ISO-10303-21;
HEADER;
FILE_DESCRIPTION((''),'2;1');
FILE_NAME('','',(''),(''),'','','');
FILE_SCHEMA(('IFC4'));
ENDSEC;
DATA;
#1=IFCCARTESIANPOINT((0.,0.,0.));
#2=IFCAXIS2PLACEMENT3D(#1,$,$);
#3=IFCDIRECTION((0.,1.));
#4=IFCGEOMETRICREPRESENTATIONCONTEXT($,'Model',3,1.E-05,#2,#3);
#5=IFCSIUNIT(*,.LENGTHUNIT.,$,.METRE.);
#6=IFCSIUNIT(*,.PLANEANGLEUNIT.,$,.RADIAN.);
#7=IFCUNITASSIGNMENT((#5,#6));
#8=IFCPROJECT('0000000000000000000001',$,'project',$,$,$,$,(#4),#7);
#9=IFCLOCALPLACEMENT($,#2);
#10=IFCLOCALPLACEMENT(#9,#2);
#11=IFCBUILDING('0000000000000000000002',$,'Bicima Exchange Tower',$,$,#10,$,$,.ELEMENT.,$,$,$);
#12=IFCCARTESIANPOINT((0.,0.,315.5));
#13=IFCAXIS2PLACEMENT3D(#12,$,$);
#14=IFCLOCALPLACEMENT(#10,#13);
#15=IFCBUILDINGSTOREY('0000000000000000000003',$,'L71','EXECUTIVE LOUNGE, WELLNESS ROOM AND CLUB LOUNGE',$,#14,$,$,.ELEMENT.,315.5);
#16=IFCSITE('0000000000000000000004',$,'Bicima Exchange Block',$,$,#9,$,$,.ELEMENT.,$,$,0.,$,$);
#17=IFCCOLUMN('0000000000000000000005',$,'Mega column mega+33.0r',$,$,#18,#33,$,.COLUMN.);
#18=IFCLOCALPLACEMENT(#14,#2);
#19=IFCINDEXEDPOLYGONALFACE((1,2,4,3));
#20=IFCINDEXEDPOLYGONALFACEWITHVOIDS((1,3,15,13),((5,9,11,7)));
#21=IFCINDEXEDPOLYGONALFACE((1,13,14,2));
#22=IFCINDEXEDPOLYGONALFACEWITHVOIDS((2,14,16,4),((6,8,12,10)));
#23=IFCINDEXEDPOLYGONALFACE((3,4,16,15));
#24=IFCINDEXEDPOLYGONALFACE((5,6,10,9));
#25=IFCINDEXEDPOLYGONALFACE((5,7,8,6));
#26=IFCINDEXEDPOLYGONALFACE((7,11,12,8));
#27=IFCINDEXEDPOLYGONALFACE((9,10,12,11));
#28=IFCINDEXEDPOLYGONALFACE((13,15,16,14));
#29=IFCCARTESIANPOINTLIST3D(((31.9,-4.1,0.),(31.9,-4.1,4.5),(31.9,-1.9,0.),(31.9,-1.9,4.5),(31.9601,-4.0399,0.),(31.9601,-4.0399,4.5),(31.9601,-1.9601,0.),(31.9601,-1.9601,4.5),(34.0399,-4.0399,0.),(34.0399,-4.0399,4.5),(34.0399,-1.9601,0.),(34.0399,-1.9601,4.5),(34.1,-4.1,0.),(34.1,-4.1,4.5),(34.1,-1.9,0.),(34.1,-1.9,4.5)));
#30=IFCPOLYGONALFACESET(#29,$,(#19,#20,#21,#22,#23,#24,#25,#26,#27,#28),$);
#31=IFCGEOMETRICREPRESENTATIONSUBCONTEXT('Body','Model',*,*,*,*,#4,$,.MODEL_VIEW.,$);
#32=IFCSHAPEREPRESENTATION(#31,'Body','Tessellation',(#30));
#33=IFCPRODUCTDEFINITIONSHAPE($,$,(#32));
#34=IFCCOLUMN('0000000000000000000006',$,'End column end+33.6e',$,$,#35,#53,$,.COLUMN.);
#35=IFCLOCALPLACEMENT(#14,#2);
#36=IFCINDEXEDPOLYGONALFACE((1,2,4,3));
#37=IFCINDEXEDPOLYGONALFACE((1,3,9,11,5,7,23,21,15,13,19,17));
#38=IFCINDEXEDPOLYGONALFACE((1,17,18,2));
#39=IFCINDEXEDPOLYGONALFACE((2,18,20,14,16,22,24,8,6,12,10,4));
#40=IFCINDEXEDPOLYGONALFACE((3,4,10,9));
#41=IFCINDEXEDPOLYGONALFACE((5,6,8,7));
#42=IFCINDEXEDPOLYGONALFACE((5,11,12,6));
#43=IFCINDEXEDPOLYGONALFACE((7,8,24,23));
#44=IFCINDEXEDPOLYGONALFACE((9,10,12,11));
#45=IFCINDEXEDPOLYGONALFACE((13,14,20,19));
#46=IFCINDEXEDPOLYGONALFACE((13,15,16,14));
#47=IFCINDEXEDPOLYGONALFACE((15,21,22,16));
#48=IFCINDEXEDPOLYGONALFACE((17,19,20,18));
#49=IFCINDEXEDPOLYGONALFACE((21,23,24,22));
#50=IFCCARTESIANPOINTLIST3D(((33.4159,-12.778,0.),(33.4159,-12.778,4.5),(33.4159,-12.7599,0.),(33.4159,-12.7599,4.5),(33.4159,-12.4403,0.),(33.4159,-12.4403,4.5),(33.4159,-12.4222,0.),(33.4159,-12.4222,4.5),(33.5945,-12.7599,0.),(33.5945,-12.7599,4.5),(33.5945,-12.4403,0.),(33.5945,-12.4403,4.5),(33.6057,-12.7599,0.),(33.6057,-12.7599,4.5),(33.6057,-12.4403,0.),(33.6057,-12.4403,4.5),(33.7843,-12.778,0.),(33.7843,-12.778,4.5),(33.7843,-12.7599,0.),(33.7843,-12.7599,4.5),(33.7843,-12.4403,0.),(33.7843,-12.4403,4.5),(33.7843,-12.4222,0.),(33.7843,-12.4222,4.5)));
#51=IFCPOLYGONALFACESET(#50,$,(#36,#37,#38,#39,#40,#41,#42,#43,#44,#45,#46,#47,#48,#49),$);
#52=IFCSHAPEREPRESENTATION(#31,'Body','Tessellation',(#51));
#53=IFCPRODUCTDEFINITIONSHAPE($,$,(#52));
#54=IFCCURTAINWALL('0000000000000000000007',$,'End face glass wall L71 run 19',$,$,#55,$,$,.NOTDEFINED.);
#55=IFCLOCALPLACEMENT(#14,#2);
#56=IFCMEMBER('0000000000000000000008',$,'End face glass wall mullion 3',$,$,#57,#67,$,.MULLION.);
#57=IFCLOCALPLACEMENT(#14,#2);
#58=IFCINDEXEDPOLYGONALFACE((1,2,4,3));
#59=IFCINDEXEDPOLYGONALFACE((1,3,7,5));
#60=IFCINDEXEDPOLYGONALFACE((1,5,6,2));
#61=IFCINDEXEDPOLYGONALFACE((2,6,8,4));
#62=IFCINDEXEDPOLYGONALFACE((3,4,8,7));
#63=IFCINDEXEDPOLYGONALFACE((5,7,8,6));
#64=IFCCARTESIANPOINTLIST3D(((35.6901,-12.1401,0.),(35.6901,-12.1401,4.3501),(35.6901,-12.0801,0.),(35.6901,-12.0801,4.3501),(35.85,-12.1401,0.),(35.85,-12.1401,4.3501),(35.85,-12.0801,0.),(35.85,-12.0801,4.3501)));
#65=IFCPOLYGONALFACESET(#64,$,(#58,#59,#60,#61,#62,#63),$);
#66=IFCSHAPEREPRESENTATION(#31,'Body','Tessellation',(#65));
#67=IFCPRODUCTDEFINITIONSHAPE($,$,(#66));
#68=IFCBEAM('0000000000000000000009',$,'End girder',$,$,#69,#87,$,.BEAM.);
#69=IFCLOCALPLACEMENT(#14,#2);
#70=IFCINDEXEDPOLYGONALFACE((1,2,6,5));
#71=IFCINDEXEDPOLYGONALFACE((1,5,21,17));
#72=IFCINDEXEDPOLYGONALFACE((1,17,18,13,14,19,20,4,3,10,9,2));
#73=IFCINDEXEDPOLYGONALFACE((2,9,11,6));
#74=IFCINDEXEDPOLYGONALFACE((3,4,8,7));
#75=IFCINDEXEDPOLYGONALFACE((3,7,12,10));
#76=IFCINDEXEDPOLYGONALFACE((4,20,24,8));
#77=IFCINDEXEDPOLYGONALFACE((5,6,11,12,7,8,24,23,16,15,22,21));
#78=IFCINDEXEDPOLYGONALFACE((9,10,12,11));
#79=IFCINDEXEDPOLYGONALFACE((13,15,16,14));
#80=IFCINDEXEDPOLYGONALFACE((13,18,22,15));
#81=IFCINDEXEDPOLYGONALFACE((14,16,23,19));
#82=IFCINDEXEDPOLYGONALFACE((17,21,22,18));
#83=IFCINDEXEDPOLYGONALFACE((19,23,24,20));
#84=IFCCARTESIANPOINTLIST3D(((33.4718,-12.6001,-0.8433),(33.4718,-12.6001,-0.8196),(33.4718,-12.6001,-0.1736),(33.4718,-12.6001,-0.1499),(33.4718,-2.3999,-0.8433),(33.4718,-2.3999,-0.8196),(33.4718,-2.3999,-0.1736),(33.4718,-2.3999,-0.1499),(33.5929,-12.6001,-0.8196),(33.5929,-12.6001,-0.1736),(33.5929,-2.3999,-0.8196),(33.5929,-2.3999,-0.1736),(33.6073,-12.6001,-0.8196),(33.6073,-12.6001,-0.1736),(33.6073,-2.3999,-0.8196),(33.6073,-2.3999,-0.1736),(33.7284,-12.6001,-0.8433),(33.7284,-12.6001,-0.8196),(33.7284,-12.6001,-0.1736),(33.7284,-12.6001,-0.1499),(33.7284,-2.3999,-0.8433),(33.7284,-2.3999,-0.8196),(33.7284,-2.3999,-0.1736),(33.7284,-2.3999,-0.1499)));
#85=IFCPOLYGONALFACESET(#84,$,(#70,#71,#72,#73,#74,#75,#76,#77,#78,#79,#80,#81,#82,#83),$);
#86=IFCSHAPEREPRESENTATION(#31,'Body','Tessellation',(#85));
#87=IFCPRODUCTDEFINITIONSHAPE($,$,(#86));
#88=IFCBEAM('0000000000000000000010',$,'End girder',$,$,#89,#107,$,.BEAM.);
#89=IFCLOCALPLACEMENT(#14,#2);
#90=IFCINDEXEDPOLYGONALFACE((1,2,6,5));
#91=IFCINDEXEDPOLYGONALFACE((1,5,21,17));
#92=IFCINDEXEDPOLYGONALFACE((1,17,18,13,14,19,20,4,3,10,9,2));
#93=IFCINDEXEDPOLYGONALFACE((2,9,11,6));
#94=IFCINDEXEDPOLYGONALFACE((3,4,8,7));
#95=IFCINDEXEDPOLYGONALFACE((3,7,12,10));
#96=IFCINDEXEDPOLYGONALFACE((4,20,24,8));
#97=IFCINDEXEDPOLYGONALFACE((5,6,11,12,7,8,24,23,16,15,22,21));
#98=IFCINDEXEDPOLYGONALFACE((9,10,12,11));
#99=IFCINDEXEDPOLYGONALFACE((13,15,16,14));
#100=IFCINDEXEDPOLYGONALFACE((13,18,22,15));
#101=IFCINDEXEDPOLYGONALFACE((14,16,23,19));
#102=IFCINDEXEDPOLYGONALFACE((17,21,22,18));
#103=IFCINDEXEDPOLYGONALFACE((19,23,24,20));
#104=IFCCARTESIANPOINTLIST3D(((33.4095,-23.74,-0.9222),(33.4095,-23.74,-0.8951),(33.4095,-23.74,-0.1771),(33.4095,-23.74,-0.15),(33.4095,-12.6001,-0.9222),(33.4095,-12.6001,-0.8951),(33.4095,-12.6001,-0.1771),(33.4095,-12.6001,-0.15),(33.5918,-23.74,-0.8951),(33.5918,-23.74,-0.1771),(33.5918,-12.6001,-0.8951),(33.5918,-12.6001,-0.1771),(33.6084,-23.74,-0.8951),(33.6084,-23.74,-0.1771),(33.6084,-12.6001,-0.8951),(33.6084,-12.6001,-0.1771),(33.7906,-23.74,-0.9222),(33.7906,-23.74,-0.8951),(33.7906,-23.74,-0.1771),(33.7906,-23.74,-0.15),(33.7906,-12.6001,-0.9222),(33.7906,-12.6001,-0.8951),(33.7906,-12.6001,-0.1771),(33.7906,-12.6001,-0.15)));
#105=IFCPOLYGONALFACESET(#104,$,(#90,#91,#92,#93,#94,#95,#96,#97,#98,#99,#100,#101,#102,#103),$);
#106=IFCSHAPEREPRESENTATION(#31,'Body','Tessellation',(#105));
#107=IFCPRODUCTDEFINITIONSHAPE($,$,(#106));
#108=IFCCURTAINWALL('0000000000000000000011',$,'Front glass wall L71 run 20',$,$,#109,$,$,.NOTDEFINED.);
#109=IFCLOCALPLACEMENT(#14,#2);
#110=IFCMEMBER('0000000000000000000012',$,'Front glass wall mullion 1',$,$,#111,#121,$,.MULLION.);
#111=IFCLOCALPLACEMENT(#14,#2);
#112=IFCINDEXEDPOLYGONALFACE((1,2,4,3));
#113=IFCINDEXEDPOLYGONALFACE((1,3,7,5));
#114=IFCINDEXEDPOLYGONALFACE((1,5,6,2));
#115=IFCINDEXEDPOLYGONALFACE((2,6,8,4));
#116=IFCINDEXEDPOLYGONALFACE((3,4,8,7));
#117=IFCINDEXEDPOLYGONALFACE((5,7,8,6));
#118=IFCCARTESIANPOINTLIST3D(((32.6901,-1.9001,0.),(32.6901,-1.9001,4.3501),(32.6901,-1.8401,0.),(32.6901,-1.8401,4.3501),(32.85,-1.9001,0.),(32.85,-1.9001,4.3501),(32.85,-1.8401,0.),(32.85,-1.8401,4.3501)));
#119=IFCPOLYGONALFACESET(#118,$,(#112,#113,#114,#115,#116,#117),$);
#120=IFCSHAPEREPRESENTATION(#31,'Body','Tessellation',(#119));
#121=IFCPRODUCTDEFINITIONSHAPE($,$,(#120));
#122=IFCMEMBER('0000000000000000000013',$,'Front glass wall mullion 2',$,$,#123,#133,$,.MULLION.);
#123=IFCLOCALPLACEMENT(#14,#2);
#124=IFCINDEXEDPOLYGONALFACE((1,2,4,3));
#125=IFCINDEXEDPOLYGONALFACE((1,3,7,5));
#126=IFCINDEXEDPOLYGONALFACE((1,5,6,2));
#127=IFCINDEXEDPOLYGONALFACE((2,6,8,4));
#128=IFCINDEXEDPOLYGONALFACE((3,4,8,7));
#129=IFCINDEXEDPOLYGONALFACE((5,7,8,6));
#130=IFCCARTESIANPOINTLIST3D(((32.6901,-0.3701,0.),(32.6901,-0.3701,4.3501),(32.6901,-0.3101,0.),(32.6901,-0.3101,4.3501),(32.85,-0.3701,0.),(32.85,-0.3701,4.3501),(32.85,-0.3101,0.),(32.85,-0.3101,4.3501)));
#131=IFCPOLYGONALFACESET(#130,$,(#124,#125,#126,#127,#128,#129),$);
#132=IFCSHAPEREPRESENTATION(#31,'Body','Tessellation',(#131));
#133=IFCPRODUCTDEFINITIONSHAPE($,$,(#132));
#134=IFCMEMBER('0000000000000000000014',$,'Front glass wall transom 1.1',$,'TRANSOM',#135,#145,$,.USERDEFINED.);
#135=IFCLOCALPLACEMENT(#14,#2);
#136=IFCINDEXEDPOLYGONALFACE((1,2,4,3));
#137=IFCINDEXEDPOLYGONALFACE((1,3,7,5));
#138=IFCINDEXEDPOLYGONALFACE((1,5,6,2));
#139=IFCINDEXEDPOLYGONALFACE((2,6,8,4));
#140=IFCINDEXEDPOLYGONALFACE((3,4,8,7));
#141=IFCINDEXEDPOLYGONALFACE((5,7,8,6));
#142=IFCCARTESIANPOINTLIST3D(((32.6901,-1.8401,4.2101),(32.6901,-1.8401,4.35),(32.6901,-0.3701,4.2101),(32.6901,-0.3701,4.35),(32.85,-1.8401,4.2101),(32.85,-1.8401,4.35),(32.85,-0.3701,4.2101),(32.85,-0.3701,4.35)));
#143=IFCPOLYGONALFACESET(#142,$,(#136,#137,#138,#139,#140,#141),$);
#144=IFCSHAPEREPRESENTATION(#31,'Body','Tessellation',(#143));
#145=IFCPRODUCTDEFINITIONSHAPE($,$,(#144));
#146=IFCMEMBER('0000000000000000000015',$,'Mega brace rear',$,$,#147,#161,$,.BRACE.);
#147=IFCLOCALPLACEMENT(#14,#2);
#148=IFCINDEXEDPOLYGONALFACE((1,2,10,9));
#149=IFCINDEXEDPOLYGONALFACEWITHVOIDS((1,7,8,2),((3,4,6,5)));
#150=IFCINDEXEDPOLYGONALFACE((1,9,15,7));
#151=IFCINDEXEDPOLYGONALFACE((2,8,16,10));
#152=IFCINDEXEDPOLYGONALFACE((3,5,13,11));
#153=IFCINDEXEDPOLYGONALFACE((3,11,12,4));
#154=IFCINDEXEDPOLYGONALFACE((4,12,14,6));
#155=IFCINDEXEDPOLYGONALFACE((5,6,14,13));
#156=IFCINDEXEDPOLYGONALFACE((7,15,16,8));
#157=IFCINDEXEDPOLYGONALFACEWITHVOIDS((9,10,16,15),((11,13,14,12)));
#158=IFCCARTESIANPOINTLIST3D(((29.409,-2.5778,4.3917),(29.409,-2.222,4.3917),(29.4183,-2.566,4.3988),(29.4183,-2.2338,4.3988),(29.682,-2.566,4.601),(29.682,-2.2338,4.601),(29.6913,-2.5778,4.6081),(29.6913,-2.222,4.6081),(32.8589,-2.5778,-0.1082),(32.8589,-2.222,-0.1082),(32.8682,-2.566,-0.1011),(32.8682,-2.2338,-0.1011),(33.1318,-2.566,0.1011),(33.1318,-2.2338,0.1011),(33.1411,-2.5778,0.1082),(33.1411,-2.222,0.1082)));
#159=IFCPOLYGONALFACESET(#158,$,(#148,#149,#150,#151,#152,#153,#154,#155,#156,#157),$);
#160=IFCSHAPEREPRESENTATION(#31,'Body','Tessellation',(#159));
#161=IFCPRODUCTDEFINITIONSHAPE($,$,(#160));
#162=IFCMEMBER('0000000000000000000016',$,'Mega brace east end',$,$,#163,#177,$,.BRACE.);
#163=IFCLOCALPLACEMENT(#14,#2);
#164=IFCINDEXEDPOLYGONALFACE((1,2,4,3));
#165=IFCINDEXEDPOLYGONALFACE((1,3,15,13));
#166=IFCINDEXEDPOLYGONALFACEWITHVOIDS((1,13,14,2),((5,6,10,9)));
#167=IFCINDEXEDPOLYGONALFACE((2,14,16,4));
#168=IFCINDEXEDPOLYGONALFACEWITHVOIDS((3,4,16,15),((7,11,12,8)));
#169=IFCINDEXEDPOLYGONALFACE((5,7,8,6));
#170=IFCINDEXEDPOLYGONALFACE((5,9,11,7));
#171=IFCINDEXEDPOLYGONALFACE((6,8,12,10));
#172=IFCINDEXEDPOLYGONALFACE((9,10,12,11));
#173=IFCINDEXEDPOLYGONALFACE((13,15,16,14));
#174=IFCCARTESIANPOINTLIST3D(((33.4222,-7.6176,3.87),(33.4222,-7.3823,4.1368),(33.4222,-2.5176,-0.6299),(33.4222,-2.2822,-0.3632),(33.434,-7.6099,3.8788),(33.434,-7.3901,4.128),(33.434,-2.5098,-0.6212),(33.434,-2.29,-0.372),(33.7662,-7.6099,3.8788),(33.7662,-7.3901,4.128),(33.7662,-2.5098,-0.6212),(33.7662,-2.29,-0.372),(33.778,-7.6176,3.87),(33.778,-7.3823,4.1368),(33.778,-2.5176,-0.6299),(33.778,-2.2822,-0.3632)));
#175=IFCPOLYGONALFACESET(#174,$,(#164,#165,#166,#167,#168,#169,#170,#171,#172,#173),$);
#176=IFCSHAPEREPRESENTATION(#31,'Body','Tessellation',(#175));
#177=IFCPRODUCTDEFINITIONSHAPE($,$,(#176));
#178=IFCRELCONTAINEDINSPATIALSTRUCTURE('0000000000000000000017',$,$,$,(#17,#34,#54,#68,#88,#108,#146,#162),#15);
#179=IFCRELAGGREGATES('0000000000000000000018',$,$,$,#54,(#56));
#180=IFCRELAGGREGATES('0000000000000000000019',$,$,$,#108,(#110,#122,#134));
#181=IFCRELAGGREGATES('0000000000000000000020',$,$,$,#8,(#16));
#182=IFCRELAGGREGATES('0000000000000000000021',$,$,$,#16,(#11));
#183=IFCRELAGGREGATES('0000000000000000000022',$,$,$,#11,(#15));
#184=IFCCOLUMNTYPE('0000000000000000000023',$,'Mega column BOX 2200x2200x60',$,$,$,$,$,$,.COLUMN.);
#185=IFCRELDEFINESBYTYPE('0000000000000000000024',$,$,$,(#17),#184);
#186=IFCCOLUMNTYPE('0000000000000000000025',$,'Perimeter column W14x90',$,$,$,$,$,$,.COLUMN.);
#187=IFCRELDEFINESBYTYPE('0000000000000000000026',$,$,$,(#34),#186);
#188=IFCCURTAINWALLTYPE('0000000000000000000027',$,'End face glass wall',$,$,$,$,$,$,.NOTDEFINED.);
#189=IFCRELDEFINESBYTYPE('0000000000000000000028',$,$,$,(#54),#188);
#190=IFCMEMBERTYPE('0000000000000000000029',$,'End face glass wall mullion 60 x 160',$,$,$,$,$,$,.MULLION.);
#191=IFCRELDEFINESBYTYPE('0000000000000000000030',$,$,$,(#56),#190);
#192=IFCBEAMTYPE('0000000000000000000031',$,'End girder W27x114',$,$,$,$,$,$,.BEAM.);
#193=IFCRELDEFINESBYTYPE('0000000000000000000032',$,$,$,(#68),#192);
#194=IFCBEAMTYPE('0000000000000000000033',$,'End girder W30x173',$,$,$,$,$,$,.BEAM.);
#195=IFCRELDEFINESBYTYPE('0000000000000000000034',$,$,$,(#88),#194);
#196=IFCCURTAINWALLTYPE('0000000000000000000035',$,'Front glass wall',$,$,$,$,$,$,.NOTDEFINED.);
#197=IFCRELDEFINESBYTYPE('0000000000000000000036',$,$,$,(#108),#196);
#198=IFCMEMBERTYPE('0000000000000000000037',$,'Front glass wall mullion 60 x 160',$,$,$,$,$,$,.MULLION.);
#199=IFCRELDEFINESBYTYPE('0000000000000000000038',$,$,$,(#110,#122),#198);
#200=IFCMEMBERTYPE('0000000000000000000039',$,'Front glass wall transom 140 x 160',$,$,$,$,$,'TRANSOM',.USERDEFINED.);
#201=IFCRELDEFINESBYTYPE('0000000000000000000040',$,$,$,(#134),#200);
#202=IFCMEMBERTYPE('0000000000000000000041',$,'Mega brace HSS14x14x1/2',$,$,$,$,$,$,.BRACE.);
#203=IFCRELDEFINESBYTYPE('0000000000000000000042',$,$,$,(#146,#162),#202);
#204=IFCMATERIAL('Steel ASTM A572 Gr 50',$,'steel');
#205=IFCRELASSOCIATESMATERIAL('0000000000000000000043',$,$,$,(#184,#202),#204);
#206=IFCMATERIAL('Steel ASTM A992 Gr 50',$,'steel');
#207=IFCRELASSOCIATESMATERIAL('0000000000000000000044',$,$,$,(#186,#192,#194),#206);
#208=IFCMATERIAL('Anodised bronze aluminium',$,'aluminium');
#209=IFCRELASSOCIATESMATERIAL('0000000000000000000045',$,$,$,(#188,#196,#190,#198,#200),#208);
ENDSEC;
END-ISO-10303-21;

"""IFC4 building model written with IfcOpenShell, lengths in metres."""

from ifc_helpers import new_model, si_unit, direction, frame, origin, origin_2d, place, context, subcontext, project, spatial, rectangle, hollow_rectangle, i_section, extrude, material, material_profile, profile_set, type_object, element, aggregate, save


model = new_model("IFC4")

# Units and contexts
model_context = context("Model", 3, precision=1e-05, world=origin(), true_north=direction((0.0, 1.0)))
body_context = subcontext(model_context, "Body", "Model", "MODEL_VIEW")
ifc_project = project(units=[si_unit("LENGTHUNIT", "METRE"), si_unit("PLANEANGLEUNIT", "RADIAN")], contexts=[model_context])

# Site, building, storey
site_placement = place(None, origin())
site = spatial("IfcSite", under=ifc_project, at=site_placement, Name="Bicima Exchange Block", CompositionType="ELEMENT", RefElevation=0.0)
building_placement = place(site_placement, origin())
building = spatial("IfcBuilding", under=site, at=building_placement, Name="Bicima Exchange Tower", CompositionType="ELEMENT")
storey_placement = place(building_placement, frame((0.0, 0.0, 315.5)))
storey = spatial("IfcBuildingStorey", under=building, at=storey_placement, Name="L71", Description="EXECUTIVE LOUNGE, WELLNESS ROOM AND CLUB LOUNGE", CompositionType="ELEMENT", Elevation=315.5)

# Columns
ifc_material_1 = material(Name="Steel ASTM A572 Gr 50", Category="steel")
ifc_material_profile_1 = material_profile(ifc_material_1, hollow_rectangle(XDim=2.2, YDim=2.2, WallThickness=0.0601, at=origin_2d()))
ifc_profile_set_1 = profile_set([ifc_material_profile_1], Name="Steel ASTM A572 Gr 50")
column_type_1 = type_object("IfcColumnType", Name="Mega column BOX 2200x2200x60", PredefinedType="COLUMN", material=ifc_profile_set_1)
column_1_placement = place(storey_placement, frame((33.0, -3.0, 0.0), z_axis=(0.0, 0.0, 1.0), x_axis=(1.0, 0.0, 0.0)))
element("IfcColumn", 1, at=column_1_placement, inside=storey, type_object=column_type_1, Name="Mega column mega+33.0r", PredefinedType="COLUMN", context=body_context, shape_type="SweptSolid", body=[
    extrude(hollow_rectangle(XDim=2.2, YDim=2.2, WallThickness=0.0601, at=origin_2d()), origin(), (0.0, 0.0, 1.0), 4.5),
])
ifc_material_2 = material(Name="Steel ASTM A992 Gr 50", Category="steel")
ifc_material_profile_2 = material_profile(ifc_material_2, i_section(OverallWidth=0.3684, OverallDepth=0.3557, WebThickness=0.0112, FlangeThickness=0.0181, at=origin_2d()))
ifc_profile_set_2 = profile_set([ifc_material_profile_2], Name="Steel ASTM A992 Gr 50")
column_type_2 = type_object("IfcColumnType", Name="Perimeter column W14x90", PredefinedType="COLUMN", material=ifc_profile_set_2)
column_2_placement = place(storey_placement, frame((33.6001, -12.6001, 0.0), z_axis=(0.0, 0.0, 1.0), x_axis=(1.0, 0.0, 0.0)))
element("IfcColumn", 2, at=column_2_placement, inside=storey, type_object=column_type_2, Name="End column end+33.6e", PredefinedType="COLUMN", context=body_context, shape_type="SweptSolid", body=[
    extrude(i_section(OverallWidth=0.3684, OverallDepth=0.3557, WebThickness=0.0112, FlangeThickness=0.0181, at=origin_2d()), origin(), (0.0, 0.0, 1.0), 4.5),
])

# Curtain wall, member
ifc_material_3 = material(Name="Anodised bronze aluminium", Category="aluminium")
curtain_wall_type_1 = type_object("IfcCurtainWallType", Name="End face glass wall", PredefinedType="NOTDEFINED", material=ifc_material_3)
curtain_wall_1_placement = place(storey_placement, origin())
curtain_wall_1 = element("IfcCurtainWall", 3, at=curtain_wall_1_placement, inside=storey, type_object=curtain_wall_type_1, Name="End face glass wall L71 run 19", PredefinedType="NOTDEFINED")
ifc_material_profile_3 = material_profile(ifc_material_3, rectangle(XDim=0.1599, YDim=0.0601, at=origin_2d()))
ifc_profile_set_3 = profile_set([ifc_material_profile_3], Name="Anodised bronze aluminium")
member_type_1 = type_object("IfcMemberType", Name="End face glass wall mullion 60 x 160", PredefinedType="MULLION", material=ifc_profile_set_3)
member_1_placement = place(storey_placement, frame((35.77, -12.1101, 0.0), z_axis=(0.0, 0.0, 1.0), x_axis=(-1.0, 0.0, 0.0)))
member_1 = element("IfcMember", 4, at=member_1_placement, type_object=member_type_1, Name="End face glass wall mullion 3", PredefinedType="MULLION", context=body_context, shape_type="SweptSolid", body=[
    extrude(rectangle(XDim=0.1599, YDim=0.0601, at=origin_2d()), origin(), (0.0, 0.0, 1.0), 4.3501),
])
aggregate(curtain_wall_1, [member_1])

# Beams
ifc_material_profile_4 = material_profile(ifc_material_2, i_section(OverallWidth=0.2566, OverallDepth=0.6934, WebThickness=0.0144, FlangeThickness=0.0237, at=origin_2d()))
ifc_profile_set_4 = profile_set([ifc_material_profile_4], Name="Steel ASTM A992 Gr 50")
beam_type_1 = type_object("IfcBeamType", Name="End girder W27x114", PredefinedType="BEAM", material=ifc_profile_set_4)
beam_1_placement = place(storey_placement, frame((33.6001, -2.3999, -0.4966), z_axis=(0.0, -1.0, 0.0), x_axis=(1.0, 0.0, 0.0)))
element("IfcBeam", 5, at=beam_1_placement, inside=storey, type_object=beam_type_1, Name="End girder", PredefinedType="BEAM", context=body_context, shape_type="SweptSolid", body=[
    extrude(i_section(OverallWidth=0.2566, OverallDepth=0.6934, WebThickness=0.0144, FlangeThickness=0.0237, at=origin_2d()), origin(), (0.0, 0.0, 1.0), 10.2002),
])
ifc_material_profile_5 = material_profile(ifc_material_2, i_section(OverallWidth=0.3811, OverallDepth=0.7722, WebThickness=0.0166, FlangeThickness=0.0271, at=origin_2d()))
ifc_profile_set_5 = profile_set([ifc_material_profile_5], Name="Steel ASTM A992 Gr 50")
beam_type_2 = type_object("IfcBeamType", Name="End girder W30x173", PredefinedType="BEAM", material=ifc_profile_set_5)
beam_2_placement = place(storey_placement, frame((33.6001, -12.6001, -0.5361), z_axis=(0.0, -1.0, 0.0), x_axis=(1.0, 0.0, 0.0)))
element("IfcBeam", 6, at=beam_2_placement, inside=storey, type_object=beam_type_2, Name="End girder", PredefinedType="BEAM", context=body_context, shape_type="SweptSolid", body=[
    extrude(i_section(OverallWidth=0.3811, OverallDepth=0.7722, WebThickness=0.0166, FlangeThickness=0.0271, at=origin_2d()), origin(), (0.0, 0.0, 1.0), 11.1399),
])

# Curtain wall, members
curtain_wall_type_2 = type_object("IfcCurtainWallType", Name="Front glass wall", PredefinedType="NOTDEFINED", material=ifc_material_3)
curtain_wall_2_placement = place(storey_placement, origin())
curtain_wall_2 = element("IfcCurtainWall", 7, at=curtain_wall_2_placement, inside=storey, type_object=curtain_wall_type_2, Name="Front glass wall L71 run 20", PredefinedType="NOTDEFINED")
member_type_2 = type_object("IfcMemberType", Name="Front glass wall mullion 60 x 160", PredefinedType="MULLION", material=ifc_profile_set_3)
member_2_placement = place(storey_placement, frame((32.77, -1.8701, 0.0), z_axis=(0.0, 0.0, 1.0), x_axis=(-1.0, 0.0, 0.0)))
member_2 = element("IfcMember", 8, at=member_2_placement, type_object=member_type_2, Name="Front glass wall mullion 1", PredefinedType="MULLION", context=body_context, shape_type="SweptSolid", body=[
    extrude(rectangle(XDim=0.1599, YDim=0.0601, at=origin_2d()), origin(), (0.0, 0.0, 1.0), 4.3501),
])
member_3_placement = place(storey_placement, frame((32.77, -0.3401, 0.0), z_axis=(0.0, 0.0, 1.0), x_axis=(-1.0, 0.0, 0.0)))
member_3 = element("IfcMember", 9, at=member_3_placement, type_object=member_type_2, Name="Front glass wall mullion 2", PredefinedType="MULLION", context=body_context, shape_type="SweptSolid", body=[
    extrude(rectangle(XDim=0.1599, YDim=0.0601, at=origin_2d()), origin(), (0.0, 0.0, 1.0), 4.3501),
])
ifc_material_profile_6 = material_profile(ifc_material_3, rectangle(XDim=0.1599, YDim=0.1399, at=origin_2d()))
ifc_profile_set_6 = profile_set([ifc_material_profile_6], Name="Anodised bronze aluminium")
member_type_3 = type_object("IfcMemberType", Name="Front glass wall transom 140 x 160", ElementType="TRANSOM", PredefinedType="USERDEFINED", material=ifc_profile_set_6)
member_4_placement = place(storey_placement, frame((32.77, -1.8401, 4.28), z_axis=(0.0, 1.0, 0.0), x_axis=(-1.0, 0.0, 0.0)))
member_4 = element("IfcMember", 10, at=member_4_placement, type_object=member_type_3, Name="Front glass wall transom 1.1", ObjectType="TRANSOM", PredefinedType="USERDEFINED", context=body_context, shape_type="SweptSolid", body=[
    extrude(rectangle(XDim=0.1599, YDim=0.1399, at=origin_2d()), origin(), (0.0, 0.0, 1.0), 1.47),
])

# Members
ifc_material_profile_7 = material_profile(ifc_material_1, hollow_rectangle(XDim=0.3557, YDim=0.3557, WallThickness=0.0117, at=origin_2d()))
ifc_profile_set_7 = profile_set([ifc_material_profile_7], Name="Steel ASTM A572 Gr 50")
member_type_4 = type_object("IfcMemberType", Name="Mega brace HSS14x14x1/2", PredefinedType="BRACE", material=ifc_profile_set_7)
member_5_placement = place(storey_placement, frame((33.0, -2.3999, 0.0), z_axis=(-0.608426, 0.0, 0.793611), x_axis=(0.0, -1.0, 0.0)))
element("IfcMember", 11, at=member_5_placement, inside=storey, type_object=member_type_4, Name="Mega brace rear", PredefinedType="BRACE", context=body_context, shape_type="SweptSolid", body=[
    extrude(hollow_rectangle(XDim=0.3557, YDim=0.3557, WallThickness=0.0117, at=origin_2d()), origin(), (0.0, 0.0, 1.0), 5.6702),
])
for number, where, z_axis, x_axis, name in (
    (12, (33.6001, -2.3999, -0.4966), (0.0, -0.749844, 0.661615), (1.0, 0.0, 0.0), "Mega brace east end"),
):
    element("IfcMember", number, at=place(storey_placement, frame(where, z_axis=z_axis, x_axis=x_axis)), inside=storey, type_object=member_type_4, Name=name, PredefinedType="BRACE", context=body_context, shape_type="SweptSolid", body=[
        extrude(hollow_rectangle(XDim=0.3557, YDim=0.3557, WallThickness=0.0117, at=origin_2d()), origin(), (0.0, 0.0, 1.0), 6.8015),
    ])

aggregate(curtain_wall_2, [member_2, member_3, member_4])

save(model, "model.ifc")
